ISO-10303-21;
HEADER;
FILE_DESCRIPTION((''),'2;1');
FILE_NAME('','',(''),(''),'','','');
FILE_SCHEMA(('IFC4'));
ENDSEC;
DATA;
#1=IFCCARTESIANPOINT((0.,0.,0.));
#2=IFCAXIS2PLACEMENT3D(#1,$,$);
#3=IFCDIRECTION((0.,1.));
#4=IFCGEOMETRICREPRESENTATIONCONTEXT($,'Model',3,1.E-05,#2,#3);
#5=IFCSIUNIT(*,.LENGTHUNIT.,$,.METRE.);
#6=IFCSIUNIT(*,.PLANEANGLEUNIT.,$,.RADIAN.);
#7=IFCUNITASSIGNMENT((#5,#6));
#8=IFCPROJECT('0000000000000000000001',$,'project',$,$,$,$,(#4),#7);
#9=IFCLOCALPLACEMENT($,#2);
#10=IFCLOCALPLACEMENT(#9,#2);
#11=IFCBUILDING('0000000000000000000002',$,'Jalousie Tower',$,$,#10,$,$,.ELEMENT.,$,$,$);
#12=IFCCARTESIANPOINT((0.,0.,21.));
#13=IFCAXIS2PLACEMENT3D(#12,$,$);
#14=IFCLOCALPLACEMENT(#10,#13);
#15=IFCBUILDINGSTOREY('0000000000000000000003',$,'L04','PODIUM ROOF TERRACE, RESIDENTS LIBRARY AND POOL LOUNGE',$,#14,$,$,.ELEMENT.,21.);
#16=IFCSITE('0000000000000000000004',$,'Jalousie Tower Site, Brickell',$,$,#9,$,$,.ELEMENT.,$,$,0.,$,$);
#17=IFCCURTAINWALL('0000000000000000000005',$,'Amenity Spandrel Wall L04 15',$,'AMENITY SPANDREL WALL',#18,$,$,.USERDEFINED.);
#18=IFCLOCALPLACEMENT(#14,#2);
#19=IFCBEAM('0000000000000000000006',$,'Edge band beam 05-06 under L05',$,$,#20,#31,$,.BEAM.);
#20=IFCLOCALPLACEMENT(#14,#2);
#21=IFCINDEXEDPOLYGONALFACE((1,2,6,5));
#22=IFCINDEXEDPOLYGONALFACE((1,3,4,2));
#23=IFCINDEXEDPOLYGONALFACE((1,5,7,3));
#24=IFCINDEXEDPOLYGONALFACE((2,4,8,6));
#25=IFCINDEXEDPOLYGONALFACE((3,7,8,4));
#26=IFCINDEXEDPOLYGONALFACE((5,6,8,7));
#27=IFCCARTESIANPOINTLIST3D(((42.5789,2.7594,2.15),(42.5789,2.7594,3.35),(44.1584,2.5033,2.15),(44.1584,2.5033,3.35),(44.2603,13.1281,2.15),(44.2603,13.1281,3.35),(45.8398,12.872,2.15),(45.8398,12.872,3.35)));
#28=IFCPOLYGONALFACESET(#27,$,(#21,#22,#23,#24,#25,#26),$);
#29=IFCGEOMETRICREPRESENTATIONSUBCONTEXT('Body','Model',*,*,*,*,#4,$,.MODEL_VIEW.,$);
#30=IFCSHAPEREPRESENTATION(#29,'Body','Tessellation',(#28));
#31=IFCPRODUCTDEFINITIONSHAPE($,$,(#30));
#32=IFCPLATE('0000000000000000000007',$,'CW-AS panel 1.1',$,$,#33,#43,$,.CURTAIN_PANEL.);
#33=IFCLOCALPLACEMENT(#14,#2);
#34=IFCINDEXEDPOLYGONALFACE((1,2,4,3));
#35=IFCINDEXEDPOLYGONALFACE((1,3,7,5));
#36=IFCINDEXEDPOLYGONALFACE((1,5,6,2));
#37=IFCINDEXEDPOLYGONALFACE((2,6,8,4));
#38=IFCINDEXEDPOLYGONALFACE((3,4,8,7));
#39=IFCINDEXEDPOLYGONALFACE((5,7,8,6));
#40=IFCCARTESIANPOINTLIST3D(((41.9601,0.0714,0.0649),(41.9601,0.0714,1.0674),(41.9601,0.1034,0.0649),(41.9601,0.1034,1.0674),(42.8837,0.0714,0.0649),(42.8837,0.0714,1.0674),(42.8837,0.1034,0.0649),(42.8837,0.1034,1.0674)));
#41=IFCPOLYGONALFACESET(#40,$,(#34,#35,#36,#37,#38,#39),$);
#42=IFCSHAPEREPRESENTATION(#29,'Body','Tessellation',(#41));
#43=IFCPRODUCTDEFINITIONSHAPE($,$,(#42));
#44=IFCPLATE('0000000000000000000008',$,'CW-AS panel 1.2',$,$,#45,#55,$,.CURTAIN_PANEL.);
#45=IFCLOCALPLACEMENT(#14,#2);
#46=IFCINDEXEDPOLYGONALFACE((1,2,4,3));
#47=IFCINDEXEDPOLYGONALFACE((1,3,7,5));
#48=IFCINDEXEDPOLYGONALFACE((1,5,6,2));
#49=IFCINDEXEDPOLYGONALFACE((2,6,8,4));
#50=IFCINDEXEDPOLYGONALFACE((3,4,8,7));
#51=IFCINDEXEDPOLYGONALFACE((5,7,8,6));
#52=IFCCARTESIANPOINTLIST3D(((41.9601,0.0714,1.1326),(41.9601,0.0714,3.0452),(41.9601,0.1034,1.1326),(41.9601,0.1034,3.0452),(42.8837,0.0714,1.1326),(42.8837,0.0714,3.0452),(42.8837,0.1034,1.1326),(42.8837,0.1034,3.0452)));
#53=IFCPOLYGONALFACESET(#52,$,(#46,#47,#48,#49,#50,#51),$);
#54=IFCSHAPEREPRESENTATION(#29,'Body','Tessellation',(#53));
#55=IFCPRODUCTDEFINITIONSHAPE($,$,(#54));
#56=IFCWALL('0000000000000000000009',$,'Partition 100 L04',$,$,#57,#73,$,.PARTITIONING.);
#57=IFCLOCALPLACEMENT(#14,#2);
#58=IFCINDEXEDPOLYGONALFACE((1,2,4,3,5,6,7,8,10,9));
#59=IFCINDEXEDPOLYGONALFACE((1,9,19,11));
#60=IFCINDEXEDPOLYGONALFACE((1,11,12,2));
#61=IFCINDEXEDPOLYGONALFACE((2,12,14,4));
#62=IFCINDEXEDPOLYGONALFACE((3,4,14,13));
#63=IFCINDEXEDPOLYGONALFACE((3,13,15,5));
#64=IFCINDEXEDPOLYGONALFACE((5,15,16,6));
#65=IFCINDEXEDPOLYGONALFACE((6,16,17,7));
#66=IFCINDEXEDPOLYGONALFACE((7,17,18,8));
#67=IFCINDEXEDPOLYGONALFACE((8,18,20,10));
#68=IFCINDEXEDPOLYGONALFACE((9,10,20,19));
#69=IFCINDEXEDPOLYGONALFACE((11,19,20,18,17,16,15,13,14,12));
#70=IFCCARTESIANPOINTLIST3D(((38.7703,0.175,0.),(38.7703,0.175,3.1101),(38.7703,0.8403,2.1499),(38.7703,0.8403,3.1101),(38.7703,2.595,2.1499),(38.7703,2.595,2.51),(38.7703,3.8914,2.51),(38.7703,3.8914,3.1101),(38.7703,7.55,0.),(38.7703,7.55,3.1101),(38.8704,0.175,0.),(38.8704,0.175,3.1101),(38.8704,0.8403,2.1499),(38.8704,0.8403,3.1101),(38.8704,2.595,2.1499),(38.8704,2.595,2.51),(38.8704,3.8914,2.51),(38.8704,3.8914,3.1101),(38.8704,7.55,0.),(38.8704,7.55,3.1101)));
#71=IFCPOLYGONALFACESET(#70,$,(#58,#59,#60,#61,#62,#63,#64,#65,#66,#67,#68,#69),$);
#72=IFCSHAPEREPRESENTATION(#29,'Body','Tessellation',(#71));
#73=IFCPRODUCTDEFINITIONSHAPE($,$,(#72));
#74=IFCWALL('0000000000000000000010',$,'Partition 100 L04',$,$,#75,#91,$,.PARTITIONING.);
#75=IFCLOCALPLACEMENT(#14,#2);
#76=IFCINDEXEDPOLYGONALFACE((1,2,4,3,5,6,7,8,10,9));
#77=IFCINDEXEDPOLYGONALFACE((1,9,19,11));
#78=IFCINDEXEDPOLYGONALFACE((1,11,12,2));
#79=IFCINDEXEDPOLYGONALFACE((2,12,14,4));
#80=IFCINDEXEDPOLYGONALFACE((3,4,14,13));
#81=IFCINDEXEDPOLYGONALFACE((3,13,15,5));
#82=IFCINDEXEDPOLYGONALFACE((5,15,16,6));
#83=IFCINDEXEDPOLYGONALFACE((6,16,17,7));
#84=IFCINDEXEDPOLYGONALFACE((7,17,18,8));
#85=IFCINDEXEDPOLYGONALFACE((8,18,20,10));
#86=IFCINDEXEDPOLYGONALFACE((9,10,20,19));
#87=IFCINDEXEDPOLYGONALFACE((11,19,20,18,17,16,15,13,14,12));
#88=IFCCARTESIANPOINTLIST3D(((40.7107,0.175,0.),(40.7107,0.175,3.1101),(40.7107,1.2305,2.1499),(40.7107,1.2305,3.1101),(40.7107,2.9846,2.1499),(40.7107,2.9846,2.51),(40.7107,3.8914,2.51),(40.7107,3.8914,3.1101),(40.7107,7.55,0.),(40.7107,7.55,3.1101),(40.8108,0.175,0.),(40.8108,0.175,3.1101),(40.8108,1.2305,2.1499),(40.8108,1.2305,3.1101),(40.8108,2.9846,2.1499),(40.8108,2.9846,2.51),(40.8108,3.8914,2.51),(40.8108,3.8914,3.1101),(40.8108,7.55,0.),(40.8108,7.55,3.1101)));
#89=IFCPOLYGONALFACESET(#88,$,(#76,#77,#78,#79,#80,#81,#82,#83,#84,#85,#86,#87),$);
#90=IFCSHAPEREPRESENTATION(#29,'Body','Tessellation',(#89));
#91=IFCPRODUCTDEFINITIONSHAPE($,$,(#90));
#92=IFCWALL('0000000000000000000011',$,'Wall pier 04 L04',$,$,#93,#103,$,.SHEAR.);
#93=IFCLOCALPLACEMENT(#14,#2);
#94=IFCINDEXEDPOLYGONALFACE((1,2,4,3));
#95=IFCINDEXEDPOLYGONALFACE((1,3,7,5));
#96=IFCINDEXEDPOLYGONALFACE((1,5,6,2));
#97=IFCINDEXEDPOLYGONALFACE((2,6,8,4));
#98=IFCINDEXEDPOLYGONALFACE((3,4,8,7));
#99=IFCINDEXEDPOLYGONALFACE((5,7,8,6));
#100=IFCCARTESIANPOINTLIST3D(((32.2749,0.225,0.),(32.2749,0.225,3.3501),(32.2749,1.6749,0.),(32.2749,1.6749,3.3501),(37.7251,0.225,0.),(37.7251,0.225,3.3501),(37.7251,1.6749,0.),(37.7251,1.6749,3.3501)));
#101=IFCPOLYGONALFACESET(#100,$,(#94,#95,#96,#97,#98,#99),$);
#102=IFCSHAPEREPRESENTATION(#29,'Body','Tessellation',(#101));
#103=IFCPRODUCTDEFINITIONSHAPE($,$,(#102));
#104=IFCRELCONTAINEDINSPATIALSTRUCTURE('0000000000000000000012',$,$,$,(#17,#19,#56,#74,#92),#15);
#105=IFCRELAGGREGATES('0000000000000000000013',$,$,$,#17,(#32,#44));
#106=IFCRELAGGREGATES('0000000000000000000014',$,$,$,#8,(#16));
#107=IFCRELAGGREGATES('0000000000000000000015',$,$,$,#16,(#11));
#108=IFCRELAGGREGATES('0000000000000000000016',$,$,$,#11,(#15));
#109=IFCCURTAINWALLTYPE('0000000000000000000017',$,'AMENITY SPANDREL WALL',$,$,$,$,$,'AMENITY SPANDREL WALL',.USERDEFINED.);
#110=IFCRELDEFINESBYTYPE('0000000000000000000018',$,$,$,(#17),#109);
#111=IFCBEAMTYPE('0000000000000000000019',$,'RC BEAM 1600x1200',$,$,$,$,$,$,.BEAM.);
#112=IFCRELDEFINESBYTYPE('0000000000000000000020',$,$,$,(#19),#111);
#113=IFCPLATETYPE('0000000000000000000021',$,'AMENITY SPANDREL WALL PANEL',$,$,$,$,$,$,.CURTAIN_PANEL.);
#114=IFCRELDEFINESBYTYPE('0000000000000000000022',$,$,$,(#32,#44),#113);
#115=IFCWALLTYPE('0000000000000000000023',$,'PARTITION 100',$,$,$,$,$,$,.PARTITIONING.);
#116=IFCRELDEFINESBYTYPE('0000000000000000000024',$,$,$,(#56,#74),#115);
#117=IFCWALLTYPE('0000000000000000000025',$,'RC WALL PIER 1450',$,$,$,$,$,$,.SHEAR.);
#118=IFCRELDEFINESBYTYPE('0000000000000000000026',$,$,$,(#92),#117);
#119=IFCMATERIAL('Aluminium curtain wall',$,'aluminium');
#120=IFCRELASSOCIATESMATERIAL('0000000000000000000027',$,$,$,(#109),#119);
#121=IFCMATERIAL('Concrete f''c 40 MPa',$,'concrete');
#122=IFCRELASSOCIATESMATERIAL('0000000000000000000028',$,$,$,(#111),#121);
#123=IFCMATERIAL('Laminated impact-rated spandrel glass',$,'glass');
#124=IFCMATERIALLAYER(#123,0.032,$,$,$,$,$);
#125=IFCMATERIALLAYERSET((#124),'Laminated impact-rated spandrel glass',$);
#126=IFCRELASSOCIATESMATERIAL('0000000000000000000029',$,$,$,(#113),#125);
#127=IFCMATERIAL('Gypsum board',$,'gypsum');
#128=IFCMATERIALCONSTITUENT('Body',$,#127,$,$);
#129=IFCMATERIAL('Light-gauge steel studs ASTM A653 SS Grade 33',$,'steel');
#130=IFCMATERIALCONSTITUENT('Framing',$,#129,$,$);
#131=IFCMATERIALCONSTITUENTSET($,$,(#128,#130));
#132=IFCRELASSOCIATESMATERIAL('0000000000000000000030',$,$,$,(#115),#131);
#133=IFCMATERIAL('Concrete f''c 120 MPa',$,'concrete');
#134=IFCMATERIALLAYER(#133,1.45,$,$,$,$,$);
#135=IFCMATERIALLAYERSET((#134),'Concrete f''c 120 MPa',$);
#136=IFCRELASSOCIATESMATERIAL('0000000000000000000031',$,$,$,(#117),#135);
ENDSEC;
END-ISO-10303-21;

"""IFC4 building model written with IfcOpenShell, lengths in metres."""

from ifc_helpers import new_model, si_unit, direction, frame, frame_2d, origin, origin_2d, place, context, subcontext, project, spatial, polyline, rectangle, outline, extrude, material, layer, layer_set, constituent, constituent_set, material_profile, profile_set, type_object, element, aggregate, save


model = new_model("IFC4")

# Units and contexts
model_context = context("Model", 3, precision=1e-05, world=origin(), true_north=direction((0.0, 1.0)))
body_context = subcontext(model_context, "Body", "Model", "MODEL_VIEW")
ifc_project = project(units=[si_unit("LENGTHUNIT", "METRE"), si_unit("PLANEANGLEUNIT", "RADIAN")], contexts=[model_context])

# Site, building, storey
site_placement = place(None, origin())
site = spatial("IfcSite", under=ifc_project, at=site_placement, Name="Jalousie Tower Site, Brickell", CompositionType="ELEMENT", RefElevation=0.0)
building_placement = place(site_placement, origin())
building = spatial("IfcBuilding", under=site, at=building_placement, Name="Jalousie Tower", CompositionType="ELEMENT")
storey_placement = place(building_placement, frame((0.0, 0.0, 21.0)))
storey = spatial("IfcBuildingStorey", under=building, at=storey_placement, Name="L04", Description="PODIUM ROOF TERRACE, RESIDENTS LIBRARY AND POOL LOUNGE", CompositionType="ELEMENT", Elevation=21.0)

# Curtain wall
ifc_material_1 = material(Name="Aluminium curtain wall", Category="aluminium")
curtain_wall_type = type_object("IfcCurtainWallType", Name="AMENITY SPANDREL WALL", ElementType="AMENITY SPANDREL WALL", PredefinedType="USERDEFINED", material=ifc_material_1)
curtain_wall_1_placement = place(storey_placement, origin())
curtain_wall_1 = element("IfcCurtainWall", 1, at=curtain_wall_1_placement, inside=storey, type_object=curtain_wall_type, Name="Amenity Spandrel Wall L04 15", ObjectType="AMENITY SPANDREL WALL", PredefinedType="USERDEFINED")

# Beam
ifc_material_2 = material(Name="Concrete f'c 40 MPa", Category="concrete")
ifc_material_profile_1 = material_profile(ifc_material_2, rectangle(XDim=1.6001, YDim=1.2, at=origin_2d()), Name="RC 1600x1200")
ifc_profile_set_1 = profile_set([ifc_material_profile_1], Name="Concrete f'c 40 MPa")
beam_type_1 = type_object("IfcBeamType", Name="RC BEAM 1600x1200", PredefinedType="BEAM", material=ifc_profile_set_1)
beam_1_placement = place(storey_placement, frame((43.3687, 2.6313, 2.75), z_axis=(0.160071, 0.987106, 0.0), x_axis=(-0.987106, 0.160071, 0.0)))
element("IfcBeam", 2, at=beam_1_placement, inside=storey, type_object=beam_type_1, Name="Edge band beam 05-06 under L05", PredefinedType="BEAM", context=body_context, shape_type="SweptSolid", body=[
    extrude(rectangle(XDim=1.6001, YDim=1.2, at=origin_2d()), origin(), (0.0, 0.0, 1.0), 10.5042),
])

# Plates
ifc_material_3 = material(Name="Laminated impact-rated spandrel glass", Category="glass")
ifc_layer_1 = layer(ifc_material_3, 0.032)
ifc_layer_set_1 = layer_set([ifc_layer_1], Name="Laminated impact-rated spandrel glass")
plate_type = type_object("IfcPlateType", Name="AMENITY SPANDREL WALL PANEL", PredefinedType="CURTAIN_PANEL", material=ifc_layer_set_1)
plate_1_placement = place(storey_placement, frame((42.4219, 0.0874, 0.0649), z_axis=(0.0, 0.0, 1.0), x_axis=(1.0, 0.0, 0.0)))
plate_1 = element("IfcPlate", 3, at=plate_1_placement, type_object=plate_type, Name="CW-AS panel 1.1", PredefinedType="CURTAIN_PANEL", context=body_context, shape_type="SweptSolid", body=[
    extrude(rectangle(XDim=0.9236, YDim=0.032, at=origin_2d()), origin(), (0.0, 0.0, 1.0), 1.0024),
])
plate_2_placement = place(storey_placement, frame((42.4219, 0.0874, 1.1326), z_axis=(0.0, 0.0, 1.0), x_axis=(1.0, 0.0, 0.0)))
plate_2 = element("IfcPlate", 4, at=plate_2_placement, type_object=plate_type, Name="CW-AS panel 1.2", PredefinedType="CURTAIN_PANEL", context=body_context, shape_type="SweptSolid", body=[
    extrude(rectangle(XDim=0.9236, YDim=0.032, at=origin_2d()), origin(), (0.0, 0.0, 1.0), 1.9126),
])
aggregate(curtain_wall_1, [plate_1, plate_2])

# Walls
ifc_material_4 = material(Name="Gypsum board", Category="gypsum")
ifc_constituent_1 = constituent(ifc_material_4, Name="Body")
ifc_material_5 = material(Name="Light-gauge steel studs ASTM A653 SS Grade 33", Category="steel")
ifc_constituent_2 = constituent(ifc_material_5, Name="Framing")
ifc_constituent_set = constituent_set(constituents=[ifc_constituent_1, ifc_constituent_2])
wall_type_1 = type_object("IfcWallType", Name="PARTITION 100", PredefinedType="PARTITIONING", material=ifc_constituent_set)
wall_1_placement = place(storey_placement, frame((38.8203, 0.175, 0.0), z_axis=(0.0, 0.0, 1.0), x_axis=(0.0, 1.0, 0.0)))
element("IfcWall", 5, at=wall_1_placement, inside=storey, type_object=wall_type_1, Name="Partition 100 L04", PredefinedType="PARTITIONING", context=body_context, shape_type="SweptSolid", body=[
    extrude(outline(polyline([(0.0, 0.0), (7.375, 0.0), (7.375, 3.1101), (3.7163, 3.1101), (3.7163, 2.51), (2.4199, 2.51), (2.4199, 2.1499), (0.6653, 2.1499), (0.6653, 3.1101), (0.0, 3.1101), (0.0, 0.0)])), frame((0.0, 0.05, 0.0), z_axis=(0.0, -1.0, 0.0), x_axis=(1.0, 0.0, 0.0)), (0.0, 0.0, 1.0), 0.1001),
])
wall_2_placement = place(storey_placement, frame((40.7607, 0.175, 0.0), z_axis=(0.0, 0.0, 1.0), x_axis=(0.0, 1.0, 0.0)))
element("IfcWall", 6, at=wall_2_placement, inside=storey, type_object=wall_type_1, Name="Partition 100 L04", PredefinedType="PARTITIONING", context=body_context, shape_type="SweptSolid", body=[
    extrude(outline(polyline([(0.0, 0.0), (7.375, 0.0), (7.375, 3.1101), (3.7163, 3.1101), (3.7163, 2.51), (2.8096, 2.51), (2.8096, 2.1499), (1.0554, 2.1499), (1.0554, 3.1101), (0.0, 3.1101), (0.0, 0.0)])), frame((0.0, 0.05, 0.0), z_axis=(0.0, -1.0, 0.0), x_axis=(1.0, 0.0, 0.0)), (0.0, 0.0, 1.0), 0.1001),
])
ifc_material_6 = material(Name="Concrete f'c 120 MPa", Category="concrete")
ifc_layer_2 = layer(ifc_material_6, 1.45)
ifc_layer_set_2 = layer_set([ifc_layer_2], Name="Concrete f'c 120 MPa")
wall_type_2 = type_object("IfcWallType", Name="RC WALL PIER 1450", PredefinedType="SHEAR", material=ifc_layer_set_2)
wall_3_placement = place(storey_placement, frame((32.2749, 0.95, 0.0), z_axis=(0.0, 0.0, 1.0), x_axis=(1.0, 0.0, 0.0)))
element("IfcWall", 7, at=wall_3_placement, inside=storey, type_object=wall_type_2, Name="Wall pier 04 L04", PredefinedType="SHEAR", context=body_context, shape_type="SweptSolid", body=[
    extrude(rectangle(XDim=5.4502, YDim=1.45, at=frame_2d((2.7251, 0.0))), origin(), (0.0, 0.0, 1.0), 3.3501),
])

save(model, "model.ifc")
